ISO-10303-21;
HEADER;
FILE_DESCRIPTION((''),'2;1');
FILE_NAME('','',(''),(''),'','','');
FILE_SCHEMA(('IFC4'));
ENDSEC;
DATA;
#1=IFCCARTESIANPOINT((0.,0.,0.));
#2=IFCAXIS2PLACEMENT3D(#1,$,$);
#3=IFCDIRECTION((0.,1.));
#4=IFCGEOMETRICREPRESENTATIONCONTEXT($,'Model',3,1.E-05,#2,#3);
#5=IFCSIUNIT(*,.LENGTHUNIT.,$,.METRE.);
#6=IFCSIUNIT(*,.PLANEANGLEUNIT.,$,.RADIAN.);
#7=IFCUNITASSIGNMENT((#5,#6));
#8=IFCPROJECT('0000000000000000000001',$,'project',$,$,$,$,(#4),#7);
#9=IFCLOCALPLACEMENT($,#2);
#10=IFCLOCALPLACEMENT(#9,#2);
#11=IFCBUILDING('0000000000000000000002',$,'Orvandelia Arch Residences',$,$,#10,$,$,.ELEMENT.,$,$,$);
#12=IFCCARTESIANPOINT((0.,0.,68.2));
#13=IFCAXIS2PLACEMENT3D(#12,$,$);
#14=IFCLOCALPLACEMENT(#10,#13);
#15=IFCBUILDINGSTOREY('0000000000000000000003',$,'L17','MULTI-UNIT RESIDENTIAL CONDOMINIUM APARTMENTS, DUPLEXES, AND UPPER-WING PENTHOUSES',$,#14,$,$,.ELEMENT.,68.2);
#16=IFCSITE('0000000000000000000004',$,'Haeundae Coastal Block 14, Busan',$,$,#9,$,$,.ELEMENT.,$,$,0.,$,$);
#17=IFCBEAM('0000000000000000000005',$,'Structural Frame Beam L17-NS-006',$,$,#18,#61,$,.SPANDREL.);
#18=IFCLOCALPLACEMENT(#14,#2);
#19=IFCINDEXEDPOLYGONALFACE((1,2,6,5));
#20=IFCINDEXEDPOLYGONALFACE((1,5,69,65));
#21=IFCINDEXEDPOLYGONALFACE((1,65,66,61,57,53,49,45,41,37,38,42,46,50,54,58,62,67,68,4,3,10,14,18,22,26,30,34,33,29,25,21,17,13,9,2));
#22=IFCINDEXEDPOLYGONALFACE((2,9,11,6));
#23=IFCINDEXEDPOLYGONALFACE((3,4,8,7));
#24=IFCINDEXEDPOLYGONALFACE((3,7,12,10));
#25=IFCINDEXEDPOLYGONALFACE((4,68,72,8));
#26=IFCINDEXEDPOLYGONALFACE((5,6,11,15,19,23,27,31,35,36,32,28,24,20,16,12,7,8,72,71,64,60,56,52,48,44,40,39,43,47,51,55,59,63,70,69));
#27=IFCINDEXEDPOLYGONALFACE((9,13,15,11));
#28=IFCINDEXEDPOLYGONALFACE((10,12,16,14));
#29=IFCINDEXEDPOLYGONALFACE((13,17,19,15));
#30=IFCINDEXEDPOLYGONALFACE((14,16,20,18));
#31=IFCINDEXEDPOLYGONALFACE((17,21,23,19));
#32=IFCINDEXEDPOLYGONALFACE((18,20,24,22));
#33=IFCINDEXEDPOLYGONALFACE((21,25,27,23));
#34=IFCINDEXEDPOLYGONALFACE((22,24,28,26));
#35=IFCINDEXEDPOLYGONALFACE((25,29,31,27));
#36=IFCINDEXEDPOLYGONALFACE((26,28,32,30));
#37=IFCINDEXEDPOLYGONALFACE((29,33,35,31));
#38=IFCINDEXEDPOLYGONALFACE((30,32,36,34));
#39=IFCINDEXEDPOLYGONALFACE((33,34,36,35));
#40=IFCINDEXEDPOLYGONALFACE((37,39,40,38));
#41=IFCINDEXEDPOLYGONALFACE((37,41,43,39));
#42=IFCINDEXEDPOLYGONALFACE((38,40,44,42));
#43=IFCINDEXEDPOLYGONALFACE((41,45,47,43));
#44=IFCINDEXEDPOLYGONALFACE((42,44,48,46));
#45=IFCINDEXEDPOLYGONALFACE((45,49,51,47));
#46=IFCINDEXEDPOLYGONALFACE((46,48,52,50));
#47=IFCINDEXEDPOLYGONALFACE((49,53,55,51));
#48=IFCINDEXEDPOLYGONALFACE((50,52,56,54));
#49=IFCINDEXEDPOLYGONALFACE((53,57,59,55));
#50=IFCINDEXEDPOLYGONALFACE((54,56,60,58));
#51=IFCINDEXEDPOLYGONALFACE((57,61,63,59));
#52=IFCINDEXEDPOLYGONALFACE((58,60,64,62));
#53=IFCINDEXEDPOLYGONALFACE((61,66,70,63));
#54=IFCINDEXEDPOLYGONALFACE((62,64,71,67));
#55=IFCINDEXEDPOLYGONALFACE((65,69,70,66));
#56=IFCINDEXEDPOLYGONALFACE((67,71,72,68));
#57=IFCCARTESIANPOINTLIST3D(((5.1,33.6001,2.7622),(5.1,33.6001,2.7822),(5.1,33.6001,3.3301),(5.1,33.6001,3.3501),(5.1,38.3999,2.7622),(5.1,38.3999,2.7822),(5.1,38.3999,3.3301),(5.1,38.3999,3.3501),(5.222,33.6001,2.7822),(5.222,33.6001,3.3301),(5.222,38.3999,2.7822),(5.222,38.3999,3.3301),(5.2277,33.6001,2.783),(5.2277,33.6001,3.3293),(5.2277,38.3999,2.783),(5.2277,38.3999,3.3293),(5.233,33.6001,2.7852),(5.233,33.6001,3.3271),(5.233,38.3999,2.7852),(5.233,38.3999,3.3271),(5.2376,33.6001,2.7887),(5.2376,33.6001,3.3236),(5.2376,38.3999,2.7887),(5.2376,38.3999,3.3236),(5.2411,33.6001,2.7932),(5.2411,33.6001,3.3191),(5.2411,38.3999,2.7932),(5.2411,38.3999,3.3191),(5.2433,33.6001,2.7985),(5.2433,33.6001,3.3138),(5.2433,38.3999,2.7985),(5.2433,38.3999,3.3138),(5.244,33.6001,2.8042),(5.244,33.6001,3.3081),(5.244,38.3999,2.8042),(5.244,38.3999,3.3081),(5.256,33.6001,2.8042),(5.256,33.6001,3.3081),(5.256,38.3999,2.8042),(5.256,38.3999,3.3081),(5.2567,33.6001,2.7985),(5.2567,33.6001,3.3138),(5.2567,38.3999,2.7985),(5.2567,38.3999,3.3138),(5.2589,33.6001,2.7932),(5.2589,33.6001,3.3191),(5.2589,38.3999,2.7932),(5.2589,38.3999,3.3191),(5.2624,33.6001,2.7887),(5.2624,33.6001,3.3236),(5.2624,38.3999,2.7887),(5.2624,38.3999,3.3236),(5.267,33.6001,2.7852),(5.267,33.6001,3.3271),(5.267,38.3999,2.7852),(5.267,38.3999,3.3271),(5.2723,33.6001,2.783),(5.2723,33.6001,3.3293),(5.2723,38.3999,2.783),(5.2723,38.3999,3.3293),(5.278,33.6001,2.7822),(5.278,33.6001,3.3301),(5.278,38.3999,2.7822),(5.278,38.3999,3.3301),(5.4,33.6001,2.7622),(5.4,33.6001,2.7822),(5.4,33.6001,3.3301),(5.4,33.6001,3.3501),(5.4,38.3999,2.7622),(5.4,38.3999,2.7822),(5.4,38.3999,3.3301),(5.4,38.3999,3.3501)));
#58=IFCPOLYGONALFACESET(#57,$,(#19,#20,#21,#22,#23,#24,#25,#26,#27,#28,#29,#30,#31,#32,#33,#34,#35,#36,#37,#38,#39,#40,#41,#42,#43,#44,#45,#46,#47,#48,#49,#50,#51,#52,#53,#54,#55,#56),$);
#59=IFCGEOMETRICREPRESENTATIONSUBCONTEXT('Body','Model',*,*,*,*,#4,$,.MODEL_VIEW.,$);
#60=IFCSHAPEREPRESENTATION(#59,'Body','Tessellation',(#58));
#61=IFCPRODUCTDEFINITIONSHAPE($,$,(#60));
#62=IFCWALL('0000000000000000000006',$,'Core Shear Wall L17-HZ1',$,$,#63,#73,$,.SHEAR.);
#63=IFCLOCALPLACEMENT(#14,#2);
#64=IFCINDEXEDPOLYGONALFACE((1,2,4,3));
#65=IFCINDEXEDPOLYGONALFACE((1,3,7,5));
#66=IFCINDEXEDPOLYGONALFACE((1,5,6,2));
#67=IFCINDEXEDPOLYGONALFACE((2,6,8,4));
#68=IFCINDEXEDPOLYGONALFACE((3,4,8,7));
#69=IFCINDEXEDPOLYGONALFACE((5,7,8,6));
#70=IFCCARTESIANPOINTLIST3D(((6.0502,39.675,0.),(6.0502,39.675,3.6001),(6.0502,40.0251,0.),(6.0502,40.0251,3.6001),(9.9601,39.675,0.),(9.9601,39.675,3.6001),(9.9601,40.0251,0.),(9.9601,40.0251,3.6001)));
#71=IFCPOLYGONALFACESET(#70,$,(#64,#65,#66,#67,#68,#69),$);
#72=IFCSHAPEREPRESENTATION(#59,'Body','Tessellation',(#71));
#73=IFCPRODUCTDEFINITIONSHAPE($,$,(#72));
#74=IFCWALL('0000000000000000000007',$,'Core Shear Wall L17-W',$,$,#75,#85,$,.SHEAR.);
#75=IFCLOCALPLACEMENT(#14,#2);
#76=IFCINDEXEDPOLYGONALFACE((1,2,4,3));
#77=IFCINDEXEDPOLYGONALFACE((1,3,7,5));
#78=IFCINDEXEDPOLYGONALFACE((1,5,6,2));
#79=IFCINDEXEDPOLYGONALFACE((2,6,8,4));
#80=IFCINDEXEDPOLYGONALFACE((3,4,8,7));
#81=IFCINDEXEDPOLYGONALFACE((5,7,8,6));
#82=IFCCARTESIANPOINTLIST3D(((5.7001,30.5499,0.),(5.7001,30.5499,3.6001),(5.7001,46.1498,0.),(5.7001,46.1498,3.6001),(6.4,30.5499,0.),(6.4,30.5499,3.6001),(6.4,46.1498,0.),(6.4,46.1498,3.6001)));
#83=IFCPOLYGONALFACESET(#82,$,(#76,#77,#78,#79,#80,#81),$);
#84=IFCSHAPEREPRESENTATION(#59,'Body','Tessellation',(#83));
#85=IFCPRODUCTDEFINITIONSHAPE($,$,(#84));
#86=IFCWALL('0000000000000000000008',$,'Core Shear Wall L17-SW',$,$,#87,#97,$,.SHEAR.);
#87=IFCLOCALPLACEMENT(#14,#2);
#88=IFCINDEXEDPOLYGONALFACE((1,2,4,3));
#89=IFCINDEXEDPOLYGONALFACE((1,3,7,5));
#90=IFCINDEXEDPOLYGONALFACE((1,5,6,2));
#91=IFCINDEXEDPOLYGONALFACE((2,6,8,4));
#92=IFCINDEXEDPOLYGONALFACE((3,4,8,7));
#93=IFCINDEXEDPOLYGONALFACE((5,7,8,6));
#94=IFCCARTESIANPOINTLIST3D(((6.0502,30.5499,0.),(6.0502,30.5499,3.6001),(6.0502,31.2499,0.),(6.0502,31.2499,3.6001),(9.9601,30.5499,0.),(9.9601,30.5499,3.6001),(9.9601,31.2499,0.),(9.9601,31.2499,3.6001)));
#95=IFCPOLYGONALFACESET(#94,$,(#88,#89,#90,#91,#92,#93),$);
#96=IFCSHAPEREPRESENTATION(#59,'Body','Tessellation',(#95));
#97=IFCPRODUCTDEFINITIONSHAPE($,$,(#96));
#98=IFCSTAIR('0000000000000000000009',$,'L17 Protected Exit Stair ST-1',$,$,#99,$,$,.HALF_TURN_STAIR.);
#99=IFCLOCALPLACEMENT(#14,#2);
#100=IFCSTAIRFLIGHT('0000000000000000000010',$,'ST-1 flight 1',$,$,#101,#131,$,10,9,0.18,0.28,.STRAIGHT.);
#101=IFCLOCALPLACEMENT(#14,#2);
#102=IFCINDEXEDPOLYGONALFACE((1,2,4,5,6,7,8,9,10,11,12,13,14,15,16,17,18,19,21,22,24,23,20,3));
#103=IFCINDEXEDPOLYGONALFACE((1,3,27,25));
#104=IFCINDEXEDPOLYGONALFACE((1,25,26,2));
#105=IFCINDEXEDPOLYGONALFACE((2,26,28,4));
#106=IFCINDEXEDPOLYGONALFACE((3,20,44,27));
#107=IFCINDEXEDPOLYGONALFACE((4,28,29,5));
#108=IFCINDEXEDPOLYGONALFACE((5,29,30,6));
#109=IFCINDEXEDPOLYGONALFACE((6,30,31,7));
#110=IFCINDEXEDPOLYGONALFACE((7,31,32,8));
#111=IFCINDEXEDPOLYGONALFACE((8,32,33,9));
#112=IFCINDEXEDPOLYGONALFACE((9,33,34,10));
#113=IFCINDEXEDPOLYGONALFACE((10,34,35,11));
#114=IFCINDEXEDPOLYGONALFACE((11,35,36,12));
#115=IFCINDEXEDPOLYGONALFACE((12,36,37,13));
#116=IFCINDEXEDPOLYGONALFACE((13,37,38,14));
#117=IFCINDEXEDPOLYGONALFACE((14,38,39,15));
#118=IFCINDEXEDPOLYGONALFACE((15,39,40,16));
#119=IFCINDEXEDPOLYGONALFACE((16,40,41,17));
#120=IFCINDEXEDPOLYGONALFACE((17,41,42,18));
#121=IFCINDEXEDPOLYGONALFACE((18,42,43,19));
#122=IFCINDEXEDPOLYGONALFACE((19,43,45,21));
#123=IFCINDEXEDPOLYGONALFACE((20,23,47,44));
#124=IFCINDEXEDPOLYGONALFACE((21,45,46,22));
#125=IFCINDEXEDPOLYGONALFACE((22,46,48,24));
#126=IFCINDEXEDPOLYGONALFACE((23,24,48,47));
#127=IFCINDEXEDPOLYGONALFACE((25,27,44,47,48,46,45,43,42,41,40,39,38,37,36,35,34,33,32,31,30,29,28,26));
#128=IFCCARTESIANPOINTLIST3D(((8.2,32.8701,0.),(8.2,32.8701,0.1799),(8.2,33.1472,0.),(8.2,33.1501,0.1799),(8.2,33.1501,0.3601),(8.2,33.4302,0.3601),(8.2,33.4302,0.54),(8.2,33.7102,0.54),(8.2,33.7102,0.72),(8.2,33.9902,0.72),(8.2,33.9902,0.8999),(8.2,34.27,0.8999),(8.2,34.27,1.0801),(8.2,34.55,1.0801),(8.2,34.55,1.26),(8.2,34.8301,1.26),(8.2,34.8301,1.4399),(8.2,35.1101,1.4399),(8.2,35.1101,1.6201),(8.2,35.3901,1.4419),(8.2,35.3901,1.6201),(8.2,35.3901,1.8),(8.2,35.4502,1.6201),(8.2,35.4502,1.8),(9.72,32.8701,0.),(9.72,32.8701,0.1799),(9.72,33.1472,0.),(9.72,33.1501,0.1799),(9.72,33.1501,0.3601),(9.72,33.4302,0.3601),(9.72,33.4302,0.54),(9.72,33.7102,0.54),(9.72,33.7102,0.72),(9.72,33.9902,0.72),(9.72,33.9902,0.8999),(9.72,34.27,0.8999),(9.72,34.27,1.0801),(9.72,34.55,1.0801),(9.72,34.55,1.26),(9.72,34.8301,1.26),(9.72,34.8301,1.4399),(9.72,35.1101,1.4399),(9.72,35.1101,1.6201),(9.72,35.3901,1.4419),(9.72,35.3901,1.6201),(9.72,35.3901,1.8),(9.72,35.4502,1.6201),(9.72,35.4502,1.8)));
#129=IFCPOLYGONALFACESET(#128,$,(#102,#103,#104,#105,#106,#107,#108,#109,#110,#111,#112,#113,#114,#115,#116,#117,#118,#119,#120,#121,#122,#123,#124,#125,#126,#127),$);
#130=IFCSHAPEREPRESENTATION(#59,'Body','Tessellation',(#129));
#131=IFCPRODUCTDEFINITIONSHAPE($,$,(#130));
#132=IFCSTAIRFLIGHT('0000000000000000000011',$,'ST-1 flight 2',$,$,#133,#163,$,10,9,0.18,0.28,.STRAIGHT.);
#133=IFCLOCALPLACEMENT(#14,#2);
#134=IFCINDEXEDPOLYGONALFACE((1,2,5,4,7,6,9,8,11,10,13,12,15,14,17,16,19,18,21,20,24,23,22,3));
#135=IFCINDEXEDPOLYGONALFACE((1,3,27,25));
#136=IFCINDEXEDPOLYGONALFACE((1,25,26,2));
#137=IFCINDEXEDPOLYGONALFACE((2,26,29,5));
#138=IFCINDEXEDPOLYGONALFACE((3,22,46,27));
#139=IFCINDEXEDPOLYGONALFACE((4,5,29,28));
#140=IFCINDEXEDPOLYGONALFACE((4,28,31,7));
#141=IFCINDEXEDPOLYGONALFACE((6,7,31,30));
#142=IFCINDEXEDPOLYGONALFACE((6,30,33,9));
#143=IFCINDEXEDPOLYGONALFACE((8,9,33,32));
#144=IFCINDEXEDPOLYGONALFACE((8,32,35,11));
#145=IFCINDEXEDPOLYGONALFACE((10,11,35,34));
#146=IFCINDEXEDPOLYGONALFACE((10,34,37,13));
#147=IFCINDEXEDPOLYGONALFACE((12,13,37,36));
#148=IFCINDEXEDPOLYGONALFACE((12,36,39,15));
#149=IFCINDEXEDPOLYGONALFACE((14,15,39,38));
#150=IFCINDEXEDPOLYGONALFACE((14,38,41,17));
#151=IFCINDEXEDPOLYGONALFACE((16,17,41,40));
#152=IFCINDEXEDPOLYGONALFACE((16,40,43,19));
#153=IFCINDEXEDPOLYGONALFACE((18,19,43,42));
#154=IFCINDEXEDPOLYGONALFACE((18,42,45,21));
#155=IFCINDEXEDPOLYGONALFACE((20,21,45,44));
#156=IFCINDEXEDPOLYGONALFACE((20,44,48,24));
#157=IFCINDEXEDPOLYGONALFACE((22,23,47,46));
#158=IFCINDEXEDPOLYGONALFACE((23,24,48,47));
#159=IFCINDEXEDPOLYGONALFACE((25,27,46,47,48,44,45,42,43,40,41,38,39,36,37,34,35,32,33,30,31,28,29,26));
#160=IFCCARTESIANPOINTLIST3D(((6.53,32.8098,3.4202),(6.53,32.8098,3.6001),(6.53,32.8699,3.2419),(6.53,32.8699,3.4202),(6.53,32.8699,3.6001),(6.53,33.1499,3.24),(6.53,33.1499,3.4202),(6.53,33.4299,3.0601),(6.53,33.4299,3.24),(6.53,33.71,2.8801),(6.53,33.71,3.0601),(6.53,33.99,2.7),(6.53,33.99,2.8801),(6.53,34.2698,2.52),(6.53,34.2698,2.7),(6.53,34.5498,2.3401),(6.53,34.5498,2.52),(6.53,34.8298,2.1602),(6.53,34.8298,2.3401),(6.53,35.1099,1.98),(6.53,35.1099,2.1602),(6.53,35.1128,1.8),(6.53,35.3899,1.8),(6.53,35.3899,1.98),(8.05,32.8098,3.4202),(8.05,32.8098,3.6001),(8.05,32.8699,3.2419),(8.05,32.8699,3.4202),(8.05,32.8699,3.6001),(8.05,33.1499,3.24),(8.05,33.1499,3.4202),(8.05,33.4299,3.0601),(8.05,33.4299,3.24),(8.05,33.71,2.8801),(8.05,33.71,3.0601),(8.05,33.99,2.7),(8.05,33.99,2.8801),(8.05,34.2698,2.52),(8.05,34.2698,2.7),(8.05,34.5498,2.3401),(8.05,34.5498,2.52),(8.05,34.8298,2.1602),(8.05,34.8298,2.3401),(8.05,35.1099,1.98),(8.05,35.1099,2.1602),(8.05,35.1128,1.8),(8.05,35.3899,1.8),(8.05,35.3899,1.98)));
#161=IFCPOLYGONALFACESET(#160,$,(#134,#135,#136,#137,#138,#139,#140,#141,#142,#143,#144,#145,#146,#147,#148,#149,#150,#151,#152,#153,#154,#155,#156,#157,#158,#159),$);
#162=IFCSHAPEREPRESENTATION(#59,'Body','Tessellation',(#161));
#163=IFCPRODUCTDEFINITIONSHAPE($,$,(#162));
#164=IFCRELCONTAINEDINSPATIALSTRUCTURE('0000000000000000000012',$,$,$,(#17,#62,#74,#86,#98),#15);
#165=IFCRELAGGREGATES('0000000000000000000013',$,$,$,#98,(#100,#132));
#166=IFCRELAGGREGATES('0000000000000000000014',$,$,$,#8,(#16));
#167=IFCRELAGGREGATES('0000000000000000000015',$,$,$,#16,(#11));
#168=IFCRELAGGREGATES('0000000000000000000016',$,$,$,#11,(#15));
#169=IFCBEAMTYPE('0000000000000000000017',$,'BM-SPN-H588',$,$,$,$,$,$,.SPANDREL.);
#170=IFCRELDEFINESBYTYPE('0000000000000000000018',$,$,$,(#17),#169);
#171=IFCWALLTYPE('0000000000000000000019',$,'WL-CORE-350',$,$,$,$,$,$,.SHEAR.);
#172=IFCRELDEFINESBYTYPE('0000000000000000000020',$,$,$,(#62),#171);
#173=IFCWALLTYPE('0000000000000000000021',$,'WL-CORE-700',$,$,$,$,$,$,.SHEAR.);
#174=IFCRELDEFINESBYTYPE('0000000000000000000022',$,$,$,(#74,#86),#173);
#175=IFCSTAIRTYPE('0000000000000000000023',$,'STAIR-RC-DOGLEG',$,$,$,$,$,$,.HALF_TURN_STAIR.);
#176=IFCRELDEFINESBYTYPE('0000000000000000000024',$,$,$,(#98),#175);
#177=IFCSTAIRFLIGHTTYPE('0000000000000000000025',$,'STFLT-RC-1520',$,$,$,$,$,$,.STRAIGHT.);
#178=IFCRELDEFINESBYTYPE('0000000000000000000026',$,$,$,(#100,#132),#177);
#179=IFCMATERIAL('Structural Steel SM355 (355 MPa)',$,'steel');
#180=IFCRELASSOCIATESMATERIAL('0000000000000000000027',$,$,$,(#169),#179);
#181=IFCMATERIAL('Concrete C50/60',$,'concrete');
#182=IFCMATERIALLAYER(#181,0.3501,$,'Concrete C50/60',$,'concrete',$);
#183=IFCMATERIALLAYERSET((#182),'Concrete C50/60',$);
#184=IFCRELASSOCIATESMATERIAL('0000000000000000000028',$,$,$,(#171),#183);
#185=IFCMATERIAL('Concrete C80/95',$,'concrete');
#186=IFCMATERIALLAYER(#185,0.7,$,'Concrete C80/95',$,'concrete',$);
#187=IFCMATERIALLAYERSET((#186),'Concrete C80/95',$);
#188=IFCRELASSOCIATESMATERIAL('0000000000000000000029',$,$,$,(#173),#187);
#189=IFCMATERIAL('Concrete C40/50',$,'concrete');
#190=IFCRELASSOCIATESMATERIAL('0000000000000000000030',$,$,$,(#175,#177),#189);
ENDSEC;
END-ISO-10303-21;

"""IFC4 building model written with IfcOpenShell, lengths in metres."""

from ifc_helpers import new_model, si_unit, direction, frame, frame_2d, origin, origin_2d, place, context, subcontext, project, spatial, polyline, rectangle, i_section, outline, extrude, material, layer, layer_set, material_profile, profile_set, type_object, element, aggregate, save


model = new_model("IFC4")

# Units and contexts
model_context = context("Model", 3, precision=1e-05, world=origin(), true_north=direction((0.0, 1.0)))
body_context = subcontext(model_context, "Body", "Model", "MODEL_VIEW")
ifc_project = project(units=[si_unit("LENGTHUNIT", "METRE"), si_unit("PLANEANGLEUNIT", "RADIAN")], contexts=[model_context])

# Site, building, storey
site_placement = place(None, origin())
site = spatial("IfcSite", under=ifc_project, at=site_placement, Name="Haeundae Coastal Block 14, Busan", CompositionType="ELEMENT", RefElevation=0.0)
building_placement = place(site_placement, origin())
building = spatial("IfcBuilding", under=site, at=building_placement, Name="Orvandelia Arch Residences", CompositionType="ELEMENT")
storey_placement = place(building_placement, frame((0.0, 0.0, 68.2)))
storey = spatial("IfcBuildingStorey", under=building, at=storey_placement, Name="L17", Description="MULTI-UNIT RESIDENTIAL CONDOMINIUM APARTMENTS, DUPLEXES, AND UPPER-WING PENTHOUSES", CompositionType="ELEMENT", Elevation=68.2)

# Shared definitions
ifc_material_1 = material(Name="Concrete C80/95", Category="concrete")

# Beam
ifc_material_2 = material(Name="Structural Steel SM355 (355 MPa)", Category="steel")
ifc_material_profile_1 = material_profile(ifc_material_2, i_section(OverallWidth=0.3, OverallDepth=0.5879, WebThickness=0.012, FlangeThickness=0.02, FilletRadius=0.022, at=origin_2d()), Name="Structural Steel SM355 (355 MPa)", Category="steel")
ifc_profile_set_1 = profile_set([ifc_material_profile_1], Name="Structural Steel SM355 (355 MPa)")
beam_type_1 = type_object("IfcBeamType", Name="BM-SPN-H588", PredefinedType="SPANDREL", material=ifc_profile_set_1)
beam_1_placement = place(storey_placement, frame((5.25, 33.6001, 3.0562), z_axis=(0.0, 1.0, 0.0), x_axis=(-1.0, 0.0, 0.0)))
element("IfcBeam", 1, at=beam_1_placement, inside=storey, type_object=beam_type_1, Name="Structural Frame Beam L17-NS-006", PredefinedType="SPANDREL", context=body_context, shape_type="SweptSolid", body=[
    extrude(i_section(OverallWidth=0.3, OverallDepth=0.5879, WebThickness=0.012, FlangeThickness=0.02, FilletRadius=0.022, at=origin_2d()), origin(), (0.0, 0.0, 1.0), 4.7998),
])

# Walls
ifc_material_3 = material(Name="Concrete C50/60", Category="concrete")
ifc_layer_1 = layer(ifc_material_3, 0.3501, Name="Concrete C50/60", Category="concrete")
ifc_layer_set_1 = layer_set([ifc_layer_1], Name="Concrete C50/60")
wall_type_1 = type_object("IfcWallType", Name="WL-CORE-350", PredefinedType="SHEAR", material=ifc_layer_set_1)
wall_1_placement = place(storey_placement, frame((6.05, 39.8501, 0.0), z_axis=(0.0, 0.0, 1.0), x_axis=(1.0, 0.0, 0.0)))
element("IfcWall", 2, at=wall_1_placement, inside=storey, type_object=wall_type_1, Name="Core Shear Wall L17-HZ1", PredefinedType="SHEAR", context=body_context, shape_type="SweptSolid", body=[
    extrude(rectangle(XDim=3.9099, YDim=0.3501, at=frame_2d((1.9551, 0.0))), origin(), (0.0, 0.0, 1.0), 3.6001),
])
ifc_layer_2 = layer(ifc_material_1, 0.7, Name="Concrete C80/95", Category="concrete")
ifc_layer_set_2 = layer_set([ifc_layer_2], Name="Concrete C80/95")
wall_type_2 = type_object("IfcWallType", Name="WL-CORE-700", PredefinedType="SHEAR", material=ifc_layer_set_2)
wall_2_placement = place(storey_placement, frame((6.05, 30.55, 0.0), z_axis=(0.0, 0.0, 1.0), x_axis=(0.0, 1.0, 0.0)))
element("IfcWall", 3, at=wall_2_placement, inside=storey, type_object=wall_type_2, Name="Core Shear Wall L17-W", PredefinedType="SHEAR", context=body_context, shape_type="SweptSolid", body=[
    extrude(rectangle(XDim=15.5999, YDim=0.7, at=frame_2d((7.7998, 0.0))), origin(), (0.0, 0.0, 1.0), 3.6001),
])
wall_3_placement = place(storey_placement, frame((6.05, 30.8999, 0.0), z_axis=(0.0, 0.0, 1.0), x_axis=(1.0, 0.0, 0.0)))
element("IfcWall", 4, at=wall_3_placement, inside=storey, type_object=wall_type_2, Name="Core Shear Wall L17-SW", PredefinedType="SHEAR", context=body_context, shape_type="SweptSolid", body=[
    extrude(rectangle(XDim=3.9099, YDim=0.7, at=frame_2d((1.9551, 0.0))), origin(), (0.0, 0.0, 1.0), 3.6001),
])

# Stair, stair flights
ifc_material_4 = material(Name="Concrete C40/50", Category="concrete")
stair_type = type_object("IfcStairType", Name="STAIR-RC-DOGLEG", PredefinedType="HALF_TURN_STAIR", material=ifc_material_4)
stair_placement = place(storey_placement, origin())
stair = element("IfcStair", 5, at=stair_placement, inside=storey, type_object=stair_type, Name="L17 Protected Exit Stair ST-1", PredefinedType="HALF_TURN_STAIR")
stair_flight_type = type_object("IfcStairFlightType", Name="STFLT-RC-1520", PredefinedType="STRAIGHT", material=ifc_material_4)
stair_flight_1_placement = place(storey_placement, frame((8.96, 32.8701, 0.0), z_axis=(0.0, 0.0, 1.0), x_axis=(0.0, 1.0, 0.0)))
stair_flight_1 = element("IfcStairFlight", 6, at=stair_flight_1_placement, type_object=stair_flight_type, Name="ST-1 flight 1", NumberOfRisers=10, NumberOfTreads=9, PredefinedType="STRAIGHT", RiserHeight=0.18, TreadLength=0.28, context=body_context, shape_type="SweptSolid", body=[
    extrude(outline(polyline([(0.0, 0.0), (0.0, 0.1799), (0.28, 0.1799), (0.28, 0.3601), (0.5601, 0.3601), (0.5601, 0.54), (0.8401, 0.54), (0.8401, 0.72), (1.1201, 0.72), (1.1201, 0.8999), (1.3999, 0.8999), (1.3999, 1.0801), (1.6799, 1.0801), (1.6799, 1.26), (1.96, 1.26), (1.96, 1.4399), (2.24, 1.4399), (2.24, 1.6201), (2.52, 1.6201), (2.52, 1.8), (2.5801, 1.8), (2.5801, 1.6201), (2.52, 1.4419), (0.2771, 0.0), (0.0, 0.0)])), frame((0.0, 0.76, 0.0), z_axis=(0.0, -1.0, 0.0), x_axis=(1.0, 0.0, 0.0)), (0.0, 0.0, 1.0), 1.52),
])
stair_flight_2_placement = place(storey_placement, frame((7.29, 35.3899, 1.8), z_axis=(0.0, 0.0, 1.0), x_axis=(0.0, -1.0, 0.0)))
stair_flight_2 = element("IfcStairFlight", 7, at=stair_flight_2_placement, type_object=stair_flight_type, Name="ST-1 flight 2", NumberOfRisers=10, NumberOfTreads=9, PredefinedType="STRAIGHT", RiserHeight=0.18, TreadLength=0.28, context=body_context, shape_type="SweptSolid", body=[
    extrude(outline(polyline([(0.0, 0.0), (0.0, 0.1799), (0.28, 0.1799), (0.28, 0.3601), (0.5601, 0.3601), (0.5601, 0.54), (0.8401, 0.54), (0.8401, 0.72), (1.1201, 0.72), (1.1201, 0.8999), (1.3999, 0.8999), (1.3999, 1.0801), (1.6799, 1.0801), (1.6799, 1.26), (1.96, 1.26), (1.96, 1.4399), (2.24, 1.4399), (2.24, 1.6201), (2.52, 1.6201), (2.52, 1.8), (2.5801, 1.8), (2.5801, 1.6201), (2.52, 1.4419), (0.2771, 0.0), (0.0, 0.0)])), frame((0.0, 0.76, 0.0), z_axis=(0.0, -1.0, 0.0), x_axis=(1.0, 0.0, 0.0)), (0.0, 0.0, 1.0), 1.52),
])
aggregate(stair, [stair_flight_1, stair_flight_2])

save(model, "model.ifc")
